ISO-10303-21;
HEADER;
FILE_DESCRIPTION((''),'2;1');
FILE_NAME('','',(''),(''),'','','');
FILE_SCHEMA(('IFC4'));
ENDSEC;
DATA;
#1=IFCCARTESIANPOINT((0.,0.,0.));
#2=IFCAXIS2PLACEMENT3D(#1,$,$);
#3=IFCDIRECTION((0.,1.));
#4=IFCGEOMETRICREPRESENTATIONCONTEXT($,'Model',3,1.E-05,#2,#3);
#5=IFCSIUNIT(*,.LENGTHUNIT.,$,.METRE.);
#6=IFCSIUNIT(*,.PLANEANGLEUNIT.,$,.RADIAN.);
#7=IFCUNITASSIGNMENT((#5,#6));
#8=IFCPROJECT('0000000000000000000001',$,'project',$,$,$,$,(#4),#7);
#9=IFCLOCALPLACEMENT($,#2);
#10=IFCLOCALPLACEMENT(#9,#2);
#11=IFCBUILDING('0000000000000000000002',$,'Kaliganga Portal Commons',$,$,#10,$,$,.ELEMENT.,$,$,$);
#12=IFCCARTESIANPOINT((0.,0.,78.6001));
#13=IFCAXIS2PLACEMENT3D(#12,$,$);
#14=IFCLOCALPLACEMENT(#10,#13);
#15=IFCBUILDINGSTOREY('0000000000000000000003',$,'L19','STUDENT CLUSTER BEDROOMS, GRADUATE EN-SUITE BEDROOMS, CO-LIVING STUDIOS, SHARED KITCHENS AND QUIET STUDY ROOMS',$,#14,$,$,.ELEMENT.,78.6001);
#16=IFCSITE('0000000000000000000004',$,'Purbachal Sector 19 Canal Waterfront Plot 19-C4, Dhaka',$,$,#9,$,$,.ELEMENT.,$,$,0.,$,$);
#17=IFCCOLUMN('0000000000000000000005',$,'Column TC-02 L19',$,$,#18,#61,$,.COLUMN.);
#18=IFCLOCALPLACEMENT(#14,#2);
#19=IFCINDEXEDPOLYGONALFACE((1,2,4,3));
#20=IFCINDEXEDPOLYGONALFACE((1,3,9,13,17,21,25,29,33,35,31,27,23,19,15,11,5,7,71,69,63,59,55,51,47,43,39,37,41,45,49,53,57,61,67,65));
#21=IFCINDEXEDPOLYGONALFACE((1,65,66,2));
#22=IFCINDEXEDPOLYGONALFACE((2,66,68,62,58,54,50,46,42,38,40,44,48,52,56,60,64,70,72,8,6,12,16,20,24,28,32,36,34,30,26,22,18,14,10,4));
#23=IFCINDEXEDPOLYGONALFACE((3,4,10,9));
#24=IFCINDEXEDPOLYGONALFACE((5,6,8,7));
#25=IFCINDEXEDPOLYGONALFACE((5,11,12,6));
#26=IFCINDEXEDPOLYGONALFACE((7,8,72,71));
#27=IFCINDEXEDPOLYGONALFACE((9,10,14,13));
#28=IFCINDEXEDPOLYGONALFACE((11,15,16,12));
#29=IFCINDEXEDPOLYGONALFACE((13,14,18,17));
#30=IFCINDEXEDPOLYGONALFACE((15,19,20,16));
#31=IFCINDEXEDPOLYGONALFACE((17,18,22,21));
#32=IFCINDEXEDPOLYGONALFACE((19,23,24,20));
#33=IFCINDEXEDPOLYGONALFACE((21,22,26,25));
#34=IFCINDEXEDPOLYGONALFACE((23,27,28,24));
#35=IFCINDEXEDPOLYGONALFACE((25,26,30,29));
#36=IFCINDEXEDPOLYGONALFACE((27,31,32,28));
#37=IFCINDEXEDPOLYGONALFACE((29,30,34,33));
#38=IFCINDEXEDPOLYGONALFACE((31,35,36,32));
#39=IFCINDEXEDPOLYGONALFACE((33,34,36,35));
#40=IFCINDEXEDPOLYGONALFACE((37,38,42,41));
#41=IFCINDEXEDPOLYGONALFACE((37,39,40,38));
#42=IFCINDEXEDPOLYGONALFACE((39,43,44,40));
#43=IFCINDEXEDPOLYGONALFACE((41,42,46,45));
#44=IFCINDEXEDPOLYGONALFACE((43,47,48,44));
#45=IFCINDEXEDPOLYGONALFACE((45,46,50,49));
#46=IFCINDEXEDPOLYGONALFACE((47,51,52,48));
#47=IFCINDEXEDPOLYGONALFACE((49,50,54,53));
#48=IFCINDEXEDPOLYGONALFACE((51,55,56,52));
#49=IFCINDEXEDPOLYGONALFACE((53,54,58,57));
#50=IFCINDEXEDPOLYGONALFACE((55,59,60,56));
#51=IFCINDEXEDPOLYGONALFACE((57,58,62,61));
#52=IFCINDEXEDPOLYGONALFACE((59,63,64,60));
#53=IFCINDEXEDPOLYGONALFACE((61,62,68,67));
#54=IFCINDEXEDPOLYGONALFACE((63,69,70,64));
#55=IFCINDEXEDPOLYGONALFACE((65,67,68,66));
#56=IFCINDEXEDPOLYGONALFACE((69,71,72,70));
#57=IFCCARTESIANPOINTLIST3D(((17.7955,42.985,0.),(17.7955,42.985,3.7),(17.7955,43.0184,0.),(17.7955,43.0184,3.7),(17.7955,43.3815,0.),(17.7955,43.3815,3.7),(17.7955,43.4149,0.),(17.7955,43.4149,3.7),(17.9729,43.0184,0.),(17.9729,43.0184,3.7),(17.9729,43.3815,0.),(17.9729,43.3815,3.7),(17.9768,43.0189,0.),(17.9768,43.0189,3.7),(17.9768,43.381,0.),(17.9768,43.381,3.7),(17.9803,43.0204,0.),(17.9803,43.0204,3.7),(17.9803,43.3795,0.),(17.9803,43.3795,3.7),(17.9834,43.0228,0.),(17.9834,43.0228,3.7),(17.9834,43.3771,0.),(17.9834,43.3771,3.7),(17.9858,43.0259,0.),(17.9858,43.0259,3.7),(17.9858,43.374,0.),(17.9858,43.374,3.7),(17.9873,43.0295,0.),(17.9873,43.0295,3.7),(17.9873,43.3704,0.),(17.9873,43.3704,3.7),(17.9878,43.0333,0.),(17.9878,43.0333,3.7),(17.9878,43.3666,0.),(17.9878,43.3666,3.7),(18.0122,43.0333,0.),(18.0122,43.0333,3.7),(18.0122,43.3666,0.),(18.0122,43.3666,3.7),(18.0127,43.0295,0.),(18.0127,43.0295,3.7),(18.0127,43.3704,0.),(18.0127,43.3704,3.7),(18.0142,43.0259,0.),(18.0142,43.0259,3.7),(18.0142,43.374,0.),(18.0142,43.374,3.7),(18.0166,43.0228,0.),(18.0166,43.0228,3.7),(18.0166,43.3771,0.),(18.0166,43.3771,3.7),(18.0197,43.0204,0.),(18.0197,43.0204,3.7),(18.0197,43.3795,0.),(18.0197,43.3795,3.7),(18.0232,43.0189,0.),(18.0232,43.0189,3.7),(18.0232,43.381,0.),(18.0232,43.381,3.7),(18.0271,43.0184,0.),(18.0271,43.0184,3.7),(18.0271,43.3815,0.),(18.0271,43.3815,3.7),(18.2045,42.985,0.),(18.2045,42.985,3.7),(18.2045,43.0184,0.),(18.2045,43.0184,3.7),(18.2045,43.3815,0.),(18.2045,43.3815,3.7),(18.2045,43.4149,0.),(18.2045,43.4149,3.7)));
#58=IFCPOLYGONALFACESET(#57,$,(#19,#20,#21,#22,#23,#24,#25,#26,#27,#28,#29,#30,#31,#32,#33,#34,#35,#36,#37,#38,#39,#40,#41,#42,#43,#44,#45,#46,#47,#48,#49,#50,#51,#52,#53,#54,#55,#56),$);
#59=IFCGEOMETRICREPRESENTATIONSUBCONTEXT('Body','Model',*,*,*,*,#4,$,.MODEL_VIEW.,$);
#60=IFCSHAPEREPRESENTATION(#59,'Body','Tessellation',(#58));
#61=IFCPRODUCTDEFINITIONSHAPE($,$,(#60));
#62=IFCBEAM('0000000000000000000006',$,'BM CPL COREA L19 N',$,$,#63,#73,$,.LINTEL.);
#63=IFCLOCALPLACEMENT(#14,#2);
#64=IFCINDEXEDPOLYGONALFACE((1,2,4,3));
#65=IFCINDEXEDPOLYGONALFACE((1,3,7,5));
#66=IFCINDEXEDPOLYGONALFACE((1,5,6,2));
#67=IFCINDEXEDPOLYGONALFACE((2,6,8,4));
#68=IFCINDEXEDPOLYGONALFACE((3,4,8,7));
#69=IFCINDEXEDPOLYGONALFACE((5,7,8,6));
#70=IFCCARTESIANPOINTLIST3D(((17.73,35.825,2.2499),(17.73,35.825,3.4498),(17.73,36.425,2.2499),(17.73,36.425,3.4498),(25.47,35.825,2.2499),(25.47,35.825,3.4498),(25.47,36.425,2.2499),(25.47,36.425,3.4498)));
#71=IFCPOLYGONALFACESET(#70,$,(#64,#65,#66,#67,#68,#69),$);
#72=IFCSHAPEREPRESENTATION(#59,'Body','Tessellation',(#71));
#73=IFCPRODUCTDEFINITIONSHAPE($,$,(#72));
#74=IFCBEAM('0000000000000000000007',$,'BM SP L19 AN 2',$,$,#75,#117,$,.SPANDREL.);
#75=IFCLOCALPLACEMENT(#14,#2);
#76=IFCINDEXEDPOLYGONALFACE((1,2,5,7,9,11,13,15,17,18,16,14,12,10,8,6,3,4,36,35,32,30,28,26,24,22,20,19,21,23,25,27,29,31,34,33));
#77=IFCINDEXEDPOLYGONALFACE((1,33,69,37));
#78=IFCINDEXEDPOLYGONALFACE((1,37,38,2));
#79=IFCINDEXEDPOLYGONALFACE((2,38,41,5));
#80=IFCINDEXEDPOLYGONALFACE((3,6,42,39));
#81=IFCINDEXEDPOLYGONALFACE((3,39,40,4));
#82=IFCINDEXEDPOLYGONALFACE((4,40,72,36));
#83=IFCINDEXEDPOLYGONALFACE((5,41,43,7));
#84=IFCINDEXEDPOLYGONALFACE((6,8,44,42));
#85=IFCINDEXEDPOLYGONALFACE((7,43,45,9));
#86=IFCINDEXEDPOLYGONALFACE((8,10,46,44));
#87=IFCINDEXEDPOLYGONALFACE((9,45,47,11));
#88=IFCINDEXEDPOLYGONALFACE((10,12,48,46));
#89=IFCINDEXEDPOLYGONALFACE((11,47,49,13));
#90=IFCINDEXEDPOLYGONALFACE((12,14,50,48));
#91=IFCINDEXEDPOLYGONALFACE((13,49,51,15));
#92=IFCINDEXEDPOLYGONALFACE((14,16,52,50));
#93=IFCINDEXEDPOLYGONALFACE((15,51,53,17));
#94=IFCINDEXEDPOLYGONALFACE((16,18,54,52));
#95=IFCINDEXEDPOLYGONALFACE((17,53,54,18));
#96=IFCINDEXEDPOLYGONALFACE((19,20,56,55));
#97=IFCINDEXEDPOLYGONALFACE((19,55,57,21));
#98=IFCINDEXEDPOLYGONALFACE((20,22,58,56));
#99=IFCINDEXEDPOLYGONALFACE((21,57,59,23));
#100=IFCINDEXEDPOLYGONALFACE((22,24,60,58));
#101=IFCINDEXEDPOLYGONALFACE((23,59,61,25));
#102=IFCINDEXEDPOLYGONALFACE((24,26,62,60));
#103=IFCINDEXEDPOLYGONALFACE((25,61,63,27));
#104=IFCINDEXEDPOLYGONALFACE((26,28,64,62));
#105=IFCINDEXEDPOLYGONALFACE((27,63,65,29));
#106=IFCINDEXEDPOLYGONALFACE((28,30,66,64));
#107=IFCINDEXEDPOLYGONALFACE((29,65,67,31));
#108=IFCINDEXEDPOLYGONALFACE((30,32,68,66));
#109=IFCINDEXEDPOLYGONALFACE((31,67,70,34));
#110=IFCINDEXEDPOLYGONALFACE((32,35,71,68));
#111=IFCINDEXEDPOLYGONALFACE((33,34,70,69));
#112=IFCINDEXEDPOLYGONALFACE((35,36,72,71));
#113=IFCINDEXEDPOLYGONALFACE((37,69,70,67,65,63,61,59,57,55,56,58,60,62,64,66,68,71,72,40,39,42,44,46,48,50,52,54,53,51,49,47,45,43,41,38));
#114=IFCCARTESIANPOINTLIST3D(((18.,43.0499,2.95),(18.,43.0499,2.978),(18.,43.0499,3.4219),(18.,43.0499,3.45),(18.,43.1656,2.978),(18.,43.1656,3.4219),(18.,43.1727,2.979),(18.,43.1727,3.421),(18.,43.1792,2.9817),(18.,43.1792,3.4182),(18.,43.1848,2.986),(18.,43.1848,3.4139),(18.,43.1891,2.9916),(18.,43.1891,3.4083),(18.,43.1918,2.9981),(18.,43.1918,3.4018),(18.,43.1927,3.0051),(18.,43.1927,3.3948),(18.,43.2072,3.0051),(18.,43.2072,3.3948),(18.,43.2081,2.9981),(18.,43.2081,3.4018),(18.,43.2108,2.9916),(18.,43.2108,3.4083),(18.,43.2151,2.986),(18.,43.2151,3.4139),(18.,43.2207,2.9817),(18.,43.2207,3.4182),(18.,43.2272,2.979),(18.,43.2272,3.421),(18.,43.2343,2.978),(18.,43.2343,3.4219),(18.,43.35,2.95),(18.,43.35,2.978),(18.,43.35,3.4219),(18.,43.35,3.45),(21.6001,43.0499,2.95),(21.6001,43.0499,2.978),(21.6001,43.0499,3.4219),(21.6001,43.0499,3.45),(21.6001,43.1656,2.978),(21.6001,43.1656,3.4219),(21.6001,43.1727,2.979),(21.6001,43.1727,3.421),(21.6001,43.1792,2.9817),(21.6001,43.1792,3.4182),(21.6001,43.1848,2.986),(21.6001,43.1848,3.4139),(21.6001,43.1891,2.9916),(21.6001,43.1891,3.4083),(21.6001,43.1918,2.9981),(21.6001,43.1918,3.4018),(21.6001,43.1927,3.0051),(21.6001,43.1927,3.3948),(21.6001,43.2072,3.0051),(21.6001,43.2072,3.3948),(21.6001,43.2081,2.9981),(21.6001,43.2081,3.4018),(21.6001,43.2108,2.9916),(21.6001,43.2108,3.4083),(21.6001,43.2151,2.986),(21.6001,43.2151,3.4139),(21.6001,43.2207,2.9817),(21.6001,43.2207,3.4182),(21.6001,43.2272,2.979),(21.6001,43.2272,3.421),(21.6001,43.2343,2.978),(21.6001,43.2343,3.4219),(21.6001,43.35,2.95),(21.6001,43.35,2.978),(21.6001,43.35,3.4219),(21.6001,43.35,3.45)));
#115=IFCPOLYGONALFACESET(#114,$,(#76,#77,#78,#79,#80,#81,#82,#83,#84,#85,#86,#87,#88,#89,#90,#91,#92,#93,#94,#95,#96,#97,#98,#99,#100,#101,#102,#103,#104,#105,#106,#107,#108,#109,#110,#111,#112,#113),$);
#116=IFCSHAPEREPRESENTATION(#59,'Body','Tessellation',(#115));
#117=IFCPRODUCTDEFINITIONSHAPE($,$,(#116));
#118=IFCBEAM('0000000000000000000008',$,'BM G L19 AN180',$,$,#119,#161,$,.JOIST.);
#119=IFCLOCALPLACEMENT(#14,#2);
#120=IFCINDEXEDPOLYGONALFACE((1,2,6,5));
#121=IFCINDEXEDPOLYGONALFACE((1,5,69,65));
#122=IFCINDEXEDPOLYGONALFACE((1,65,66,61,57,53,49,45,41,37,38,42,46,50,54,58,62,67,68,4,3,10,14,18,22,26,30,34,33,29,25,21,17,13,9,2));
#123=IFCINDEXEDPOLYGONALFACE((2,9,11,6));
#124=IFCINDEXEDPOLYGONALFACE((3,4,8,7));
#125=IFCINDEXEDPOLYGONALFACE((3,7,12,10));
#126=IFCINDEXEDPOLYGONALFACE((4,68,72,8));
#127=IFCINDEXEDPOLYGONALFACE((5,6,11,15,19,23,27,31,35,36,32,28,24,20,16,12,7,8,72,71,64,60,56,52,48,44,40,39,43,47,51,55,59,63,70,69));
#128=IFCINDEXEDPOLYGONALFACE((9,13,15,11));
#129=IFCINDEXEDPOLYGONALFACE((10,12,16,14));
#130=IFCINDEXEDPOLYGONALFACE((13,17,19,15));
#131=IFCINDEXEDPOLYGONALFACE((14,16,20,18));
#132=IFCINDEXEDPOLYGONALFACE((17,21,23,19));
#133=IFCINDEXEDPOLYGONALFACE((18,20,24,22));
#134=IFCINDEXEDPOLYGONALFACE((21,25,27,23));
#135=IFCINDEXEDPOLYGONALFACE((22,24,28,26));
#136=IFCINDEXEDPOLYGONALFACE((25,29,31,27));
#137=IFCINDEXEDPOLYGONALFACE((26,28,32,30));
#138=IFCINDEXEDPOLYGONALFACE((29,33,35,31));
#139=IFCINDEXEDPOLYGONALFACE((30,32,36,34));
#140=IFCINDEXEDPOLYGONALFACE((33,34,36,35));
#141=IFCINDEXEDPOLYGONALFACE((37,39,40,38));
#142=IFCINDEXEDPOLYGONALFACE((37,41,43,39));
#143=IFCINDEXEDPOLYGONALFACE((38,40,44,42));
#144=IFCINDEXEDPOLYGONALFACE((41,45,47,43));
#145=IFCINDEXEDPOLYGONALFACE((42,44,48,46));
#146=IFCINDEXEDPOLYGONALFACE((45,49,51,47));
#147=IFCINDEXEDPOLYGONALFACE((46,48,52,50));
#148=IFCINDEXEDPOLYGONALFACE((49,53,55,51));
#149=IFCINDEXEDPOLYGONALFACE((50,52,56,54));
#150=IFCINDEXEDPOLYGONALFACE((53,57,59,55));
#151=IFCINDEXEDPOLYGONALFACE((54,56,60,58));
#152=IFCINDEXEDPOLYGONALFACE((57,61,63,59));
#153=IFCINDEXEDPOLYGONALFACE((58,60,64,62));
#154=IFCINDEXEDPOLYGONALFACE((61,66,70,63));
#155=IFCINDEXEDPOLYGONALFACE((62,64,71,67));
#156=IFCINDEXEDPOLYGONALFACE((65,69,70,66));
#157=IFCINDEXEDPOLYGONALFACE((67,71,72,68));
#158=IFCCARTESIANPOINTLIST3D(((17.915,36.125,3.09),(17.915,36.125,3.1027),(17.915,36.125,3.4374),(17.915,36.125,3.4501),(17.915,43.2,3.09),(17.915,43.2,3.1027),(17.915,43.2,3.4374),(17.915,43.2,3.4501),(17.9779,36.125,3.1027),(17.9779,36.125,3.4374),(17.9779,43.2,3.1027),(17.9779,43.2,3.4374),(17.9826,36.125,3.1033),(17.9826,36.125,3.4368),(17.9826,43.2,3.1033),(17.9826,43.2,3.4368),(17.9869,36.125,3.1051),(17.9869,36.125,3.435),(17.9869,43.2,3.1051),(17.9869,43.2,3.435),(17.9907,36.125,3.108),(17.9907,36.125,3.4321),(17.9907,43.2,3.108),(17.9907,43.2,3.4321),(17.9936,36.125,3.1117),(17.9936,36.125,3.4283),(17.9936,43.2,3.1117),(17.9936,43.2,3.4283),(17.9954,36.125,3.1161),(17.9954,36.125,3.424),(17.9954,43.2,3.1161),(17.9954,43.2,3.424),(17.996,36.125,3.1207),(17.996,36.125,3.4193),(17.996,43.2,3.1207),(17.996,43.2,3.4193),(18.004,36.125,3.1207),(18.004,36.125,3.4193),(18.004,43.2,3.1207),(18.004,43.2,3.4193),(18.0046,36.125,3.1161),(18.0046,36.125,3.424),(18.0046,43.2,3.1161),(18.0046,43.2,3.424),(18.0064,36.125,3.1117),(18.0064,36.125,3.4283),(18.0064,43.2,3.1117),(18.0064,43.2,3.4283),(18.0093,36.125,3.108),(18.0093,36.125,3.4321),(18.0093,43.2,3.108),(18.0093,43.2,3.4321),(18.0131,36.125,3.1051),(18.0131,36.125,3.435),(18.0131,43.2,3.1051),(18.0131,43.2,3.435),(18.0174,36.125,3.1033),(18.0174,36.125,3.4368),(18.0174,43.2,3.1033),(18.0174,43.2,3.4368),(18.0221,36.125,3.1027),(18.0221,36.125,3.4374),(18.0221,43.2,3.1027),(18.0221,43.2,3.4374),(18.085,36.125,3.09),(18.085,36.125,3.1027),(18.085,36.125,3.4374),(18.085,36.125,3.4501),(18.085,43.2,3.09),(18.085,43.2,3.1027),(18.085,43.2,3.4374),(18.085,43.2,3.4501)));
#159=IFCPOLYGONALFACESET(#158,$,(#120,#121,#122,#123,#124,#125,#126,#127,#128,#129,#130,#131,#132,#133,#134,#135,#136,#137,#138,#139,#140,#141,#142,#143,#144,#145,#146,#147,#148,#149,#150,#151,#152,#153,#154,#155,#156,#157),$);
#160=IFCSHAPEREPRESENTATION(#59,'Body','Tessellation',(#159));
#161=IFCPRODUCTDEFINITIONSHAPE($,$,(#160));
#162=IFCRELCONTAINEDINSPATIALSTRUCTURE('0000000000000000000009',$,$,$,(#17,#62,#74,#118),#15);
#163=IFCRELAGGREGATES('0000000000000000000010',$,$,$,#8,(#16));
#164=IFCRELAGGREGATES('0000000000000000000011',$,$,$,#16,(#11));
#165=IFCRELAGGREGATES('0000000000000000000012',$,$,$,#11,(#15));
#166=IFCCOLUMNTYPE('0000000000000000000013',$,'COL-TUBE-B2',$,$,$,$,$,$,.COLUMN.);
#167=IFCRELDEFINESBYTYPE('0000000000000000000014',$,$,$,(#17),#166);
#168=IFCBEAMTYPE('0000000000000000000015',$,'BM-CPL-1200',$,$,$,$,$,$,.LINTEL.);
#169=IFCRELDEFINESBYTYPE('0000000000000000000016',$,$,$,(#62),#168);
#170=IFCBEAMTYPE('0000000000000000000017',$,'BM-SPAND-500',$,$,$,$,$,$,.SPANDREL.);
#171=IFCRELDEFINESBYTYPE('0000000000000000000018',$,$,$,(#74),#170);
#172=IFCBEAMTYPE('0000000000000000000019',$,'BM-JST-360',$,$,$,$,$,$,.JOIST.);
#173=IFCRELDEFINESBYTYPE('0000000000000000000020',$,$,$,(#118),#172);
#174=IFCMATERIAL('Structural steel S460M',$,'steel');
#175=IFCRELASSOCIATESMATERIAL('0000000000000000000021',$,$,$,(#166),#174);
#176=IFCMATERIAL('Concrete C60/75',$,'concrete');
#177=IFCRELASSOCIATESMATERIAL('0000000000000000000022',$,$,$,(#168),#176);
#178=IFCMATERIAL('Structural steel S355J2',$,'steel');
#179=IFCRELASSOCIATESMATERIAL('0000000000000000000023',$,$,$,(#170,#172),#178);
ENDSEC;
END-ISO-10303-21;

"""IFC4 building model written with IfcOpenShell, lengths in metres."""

from ifc_helpers import new_model, si_unit, direction, frame, origin, origin_2d, place, context, subcontext, project, spatial, rectangle, i_section, extrude, source, transform, mapped, material, material_profile, profile_set, type_object, element, save


model = new_model("IFC4")

# Units and contexts
model_context = context("Model", 3, precision=1e-05, world=origin(), true_north=direction((0.0, 1.0)))
body_context = subcontext(model_context, "Body", "Model", "MODEL_VIEW")
ifc_project = project(units=[si_unit("LENGTHUNIT", "METRE"), si_unit("PLANEANGLEUNIT", "RADIAN")], contexts=[model_context])

# Site, building, storey
site_placement = place(None, origin())
site = spatial("IfcSite", under=ifc_project, at=site_placement, Name="Purbachal Sector 19 Canal Waterfront Plot 19-C4, Dhaka", CompositionType="ELEMENT", RefElevation=0.0)
building_placement = place(site_placement, origin())
building = spatial("IfcBuilding", under=site, at=building_placement, Name="Kaliganga Portal Commons", CompositionType="ELEMENT")
storey_placement = place(building_placement, frame((0.0, 0.0, 78.6001)))
storey = spatial("IfcBuildingStorey", under=building, at=storey_placement, Name="L19", Description="STUDENT CLUSTER BEDROOMS, GRADUATE EN-SUITE BEDROOMS, CO-LIVING STUDIOS, SHARED KITCHENS AND QUIET STUDY ROOMS", CompositionType="ELEMENT", Elevation=78.6001)

# Column
ifc_material_1 = material(Name="Structural steel S460M", Category="steel")
ifc_material_profile_1 = material_profile(ifc_material_1, i_section(OverallWidth=0.4089, OverallDepth=0.4299, WebThickness=0.0244, FlangeThickness=0.0334, FilletRadius=0.0149, at=origin_2d()), Name="HD 400x421")
ifc_profile_set_1 = profile_set([ifc_material_profile_1], Name="Structural steel S460M wide-flange")
column_type = type_object("IfcColumnType", Name="COL-TUBE-B2", PredefinedType="COLUMN", material=ifc_profile_set_1)
shared_shape_1 = source(origin(), body_context, "Body", "SweptSolid", [
    extrude(i_section(OverallWidth=0.4089, OverallDepth=0.4299, WebThickness=0.0244, FlangeThickness=0.0334, FilletRadius=0.0149, at=origin_2d()), origin(), (0.0, 0.0, 1.0), 3.7),
])
column_placement = place(storey_placement, frame((18.0, 43.2, 0.0), z_axis=(0.0, 0.0, 1.0), x_axis=(1.0, 0.0, 0.0)))
element("IfcColumn", 1, at=column_placement, inside=storey, type_object=column_type, Name="Column TC-02 L19", PredefinedType="COLUMN", context=body_context, shape_type="MappedRepresentation", body=[
    mapped(shared_shape_1, transform((0.0, 0.0, 0.0), x_axis=(1.0, 0.0, 0.0), y_axis=(0.0, 1.0, 0.0), z_axis=(0.0, 0.0, 1.0), scale=1.0)),
])

# Beams
ifc_material_2 = material(Name="Concrete C60/75", Category="concrete")
ifc_material_profile_2 = material_profile(ifc_material_2, rectangle(XDim=0.6001, YDim=1.2, at=origin_2d()), Name="RC 600x1200")
ifc_profile_set_2 = profile_set([ifc_material_profile_2], Name="Concrete C60/75")
beam_type_1 = type_object("IfcBeamType", Name="BM-CPL-1200", PredefinedType="LINTEL", material=ifc_profile_set_2)
shared_shape_2 = source(origin(), body_context, "Body", "SweptSolid", [
    extrude(rectangle(XDim=0.6001, YDim=1.2, at=origin_2d()), origin(), (0.0, 0.0, 1.0), 7.74),
])
beam_1_placement = place(storey_placement, frame((17.73, 36.125, 2.8499), z_axis=(1.0, 0.0, 0.0), x_axis=(0.0, 1.0, 0.0)))
element("IfcBeam", 2, at=beam_1_placement, inside=storey, type_object=beam_type_1, Name="BM CPL COREA L19 N", PredefinedType="LINTEL", context=body_context, shape_type="MappedRepresentation", body=[
    mapped(shared_shape_2, transform((0.0, 0.0, 0.0), x_axis=(1.0, 0.0, 0.0), y_axis=(0.0, 1.0, 0.0), z_axis=(0.0, 0.0, 1.0), scale=1.0)),
])
ifc_material_3 = material(Name="Structural steel S355J2", Category="steel")
ifc_material_profile_3 = material_profile(ifc_material_3, i_section(OverallWidth=0.3, OverallDepth=0.5, WebThickness=0.0144, FlangeThickness=0.0281, FilletRadius=0.0271, at=origin_2d()), Name="HE 500 B")
ifc_profile_set_3 = profile_set([ifc_material_profile_3], Name="Structural steel S355J2 wide-flange")
beam_type_2 = type_object("IfcBeamType", Name="BM-SPAND-500", PredefinedType="SPANDREL", material=ifc_profile_set_3)
shared_shape_3 = source(origin(), body_context, "Body", "SweptSolid", [
    extrude(i_section(OverallWidth=0.3, OverallDepth=0.5, WebThickness=0.0144, FlangeThickness=0.0281, FilletRadius=0.0271, at=origin_2d()), origin(), (0.0, 0.0, 1.0), 3.6001),
])
beam_2_placement = place(storey_placement, frame((18.0, 43.2, 3.2), z_axis=(1.0, 0.0, 0.0), x_axis=(0.0, 1.0, 0.0)))
element("IfcBeam", 3, at=beam_2_placement, inside=storey, type_object=beam_type_2, Name="BM SP L19 AN 2", PredefinedType="SPANDREL", context=body_context, shape_type="MappedRepresentation", body=[
    mapped(shared_shape_3, transform((0.0, 0.0, 0.0), x_axis=(1.0, 0.0, 0.0), y_axis=(0.0, 1.0, 0.0), z_axis=(0.0, 0.0, 1.0), scale=1.0)),
])
ifc_material_profile_4 = material_profile(ifc_material_3, i_section(OverallWidth=0.1699, OverallDepth=0.3601, WebThickness=0.0081, FlangeThickness=0.0127, FilletRadius=0.0181, at=origin_2d()), Name="IPE 360")
ifc_profile_set_4 = profile_set([ifc_material_profile_4], Name="Structural steel S355J2 wide-flange")
beam_type_3 = type_object("IfcBeamType", Name="BM-JST-360", PredefinedType="JOIST", material=ifc_profile_set_4)
shared_shape_4 = source(origin(), body_context, "Body", "SweptSolid", [
    extrude(i_section(OverallWidth=0.1699, OverallDepth=0.3601, WebThickness=0.0081, FlangeThickness=0.0127, FilletRadius=0.0181, at=origin_2d()), origin(), (0.0, 0.0, 1.0), 7.075),
])
beam_3_placement = place(storey_placement, frame((18.0, 36.125, 3.27), z_axis=(0.0, 1.0, 0.0), x_axis=(-1.0, 0.0, 0.0)))
element("IfcBeam", 4, at=beam_3_placement, inside=storey, type_object=beam_type_3, Name="BM G L19 AN180", PredefinedType="JOIST", context=body_context, shape_type="MappedRepresentation", body=[
    mapped(shared_shape_4, transform((0.0, 0.0, 0.0), x_axis=(1.0, 0.0, 0.0), y_axis=(0.0, 1.0, 0.0), z_axis=(0.0, 0.0, 1.0), scale=1.0)),
])

save(model, "model.ifc")
